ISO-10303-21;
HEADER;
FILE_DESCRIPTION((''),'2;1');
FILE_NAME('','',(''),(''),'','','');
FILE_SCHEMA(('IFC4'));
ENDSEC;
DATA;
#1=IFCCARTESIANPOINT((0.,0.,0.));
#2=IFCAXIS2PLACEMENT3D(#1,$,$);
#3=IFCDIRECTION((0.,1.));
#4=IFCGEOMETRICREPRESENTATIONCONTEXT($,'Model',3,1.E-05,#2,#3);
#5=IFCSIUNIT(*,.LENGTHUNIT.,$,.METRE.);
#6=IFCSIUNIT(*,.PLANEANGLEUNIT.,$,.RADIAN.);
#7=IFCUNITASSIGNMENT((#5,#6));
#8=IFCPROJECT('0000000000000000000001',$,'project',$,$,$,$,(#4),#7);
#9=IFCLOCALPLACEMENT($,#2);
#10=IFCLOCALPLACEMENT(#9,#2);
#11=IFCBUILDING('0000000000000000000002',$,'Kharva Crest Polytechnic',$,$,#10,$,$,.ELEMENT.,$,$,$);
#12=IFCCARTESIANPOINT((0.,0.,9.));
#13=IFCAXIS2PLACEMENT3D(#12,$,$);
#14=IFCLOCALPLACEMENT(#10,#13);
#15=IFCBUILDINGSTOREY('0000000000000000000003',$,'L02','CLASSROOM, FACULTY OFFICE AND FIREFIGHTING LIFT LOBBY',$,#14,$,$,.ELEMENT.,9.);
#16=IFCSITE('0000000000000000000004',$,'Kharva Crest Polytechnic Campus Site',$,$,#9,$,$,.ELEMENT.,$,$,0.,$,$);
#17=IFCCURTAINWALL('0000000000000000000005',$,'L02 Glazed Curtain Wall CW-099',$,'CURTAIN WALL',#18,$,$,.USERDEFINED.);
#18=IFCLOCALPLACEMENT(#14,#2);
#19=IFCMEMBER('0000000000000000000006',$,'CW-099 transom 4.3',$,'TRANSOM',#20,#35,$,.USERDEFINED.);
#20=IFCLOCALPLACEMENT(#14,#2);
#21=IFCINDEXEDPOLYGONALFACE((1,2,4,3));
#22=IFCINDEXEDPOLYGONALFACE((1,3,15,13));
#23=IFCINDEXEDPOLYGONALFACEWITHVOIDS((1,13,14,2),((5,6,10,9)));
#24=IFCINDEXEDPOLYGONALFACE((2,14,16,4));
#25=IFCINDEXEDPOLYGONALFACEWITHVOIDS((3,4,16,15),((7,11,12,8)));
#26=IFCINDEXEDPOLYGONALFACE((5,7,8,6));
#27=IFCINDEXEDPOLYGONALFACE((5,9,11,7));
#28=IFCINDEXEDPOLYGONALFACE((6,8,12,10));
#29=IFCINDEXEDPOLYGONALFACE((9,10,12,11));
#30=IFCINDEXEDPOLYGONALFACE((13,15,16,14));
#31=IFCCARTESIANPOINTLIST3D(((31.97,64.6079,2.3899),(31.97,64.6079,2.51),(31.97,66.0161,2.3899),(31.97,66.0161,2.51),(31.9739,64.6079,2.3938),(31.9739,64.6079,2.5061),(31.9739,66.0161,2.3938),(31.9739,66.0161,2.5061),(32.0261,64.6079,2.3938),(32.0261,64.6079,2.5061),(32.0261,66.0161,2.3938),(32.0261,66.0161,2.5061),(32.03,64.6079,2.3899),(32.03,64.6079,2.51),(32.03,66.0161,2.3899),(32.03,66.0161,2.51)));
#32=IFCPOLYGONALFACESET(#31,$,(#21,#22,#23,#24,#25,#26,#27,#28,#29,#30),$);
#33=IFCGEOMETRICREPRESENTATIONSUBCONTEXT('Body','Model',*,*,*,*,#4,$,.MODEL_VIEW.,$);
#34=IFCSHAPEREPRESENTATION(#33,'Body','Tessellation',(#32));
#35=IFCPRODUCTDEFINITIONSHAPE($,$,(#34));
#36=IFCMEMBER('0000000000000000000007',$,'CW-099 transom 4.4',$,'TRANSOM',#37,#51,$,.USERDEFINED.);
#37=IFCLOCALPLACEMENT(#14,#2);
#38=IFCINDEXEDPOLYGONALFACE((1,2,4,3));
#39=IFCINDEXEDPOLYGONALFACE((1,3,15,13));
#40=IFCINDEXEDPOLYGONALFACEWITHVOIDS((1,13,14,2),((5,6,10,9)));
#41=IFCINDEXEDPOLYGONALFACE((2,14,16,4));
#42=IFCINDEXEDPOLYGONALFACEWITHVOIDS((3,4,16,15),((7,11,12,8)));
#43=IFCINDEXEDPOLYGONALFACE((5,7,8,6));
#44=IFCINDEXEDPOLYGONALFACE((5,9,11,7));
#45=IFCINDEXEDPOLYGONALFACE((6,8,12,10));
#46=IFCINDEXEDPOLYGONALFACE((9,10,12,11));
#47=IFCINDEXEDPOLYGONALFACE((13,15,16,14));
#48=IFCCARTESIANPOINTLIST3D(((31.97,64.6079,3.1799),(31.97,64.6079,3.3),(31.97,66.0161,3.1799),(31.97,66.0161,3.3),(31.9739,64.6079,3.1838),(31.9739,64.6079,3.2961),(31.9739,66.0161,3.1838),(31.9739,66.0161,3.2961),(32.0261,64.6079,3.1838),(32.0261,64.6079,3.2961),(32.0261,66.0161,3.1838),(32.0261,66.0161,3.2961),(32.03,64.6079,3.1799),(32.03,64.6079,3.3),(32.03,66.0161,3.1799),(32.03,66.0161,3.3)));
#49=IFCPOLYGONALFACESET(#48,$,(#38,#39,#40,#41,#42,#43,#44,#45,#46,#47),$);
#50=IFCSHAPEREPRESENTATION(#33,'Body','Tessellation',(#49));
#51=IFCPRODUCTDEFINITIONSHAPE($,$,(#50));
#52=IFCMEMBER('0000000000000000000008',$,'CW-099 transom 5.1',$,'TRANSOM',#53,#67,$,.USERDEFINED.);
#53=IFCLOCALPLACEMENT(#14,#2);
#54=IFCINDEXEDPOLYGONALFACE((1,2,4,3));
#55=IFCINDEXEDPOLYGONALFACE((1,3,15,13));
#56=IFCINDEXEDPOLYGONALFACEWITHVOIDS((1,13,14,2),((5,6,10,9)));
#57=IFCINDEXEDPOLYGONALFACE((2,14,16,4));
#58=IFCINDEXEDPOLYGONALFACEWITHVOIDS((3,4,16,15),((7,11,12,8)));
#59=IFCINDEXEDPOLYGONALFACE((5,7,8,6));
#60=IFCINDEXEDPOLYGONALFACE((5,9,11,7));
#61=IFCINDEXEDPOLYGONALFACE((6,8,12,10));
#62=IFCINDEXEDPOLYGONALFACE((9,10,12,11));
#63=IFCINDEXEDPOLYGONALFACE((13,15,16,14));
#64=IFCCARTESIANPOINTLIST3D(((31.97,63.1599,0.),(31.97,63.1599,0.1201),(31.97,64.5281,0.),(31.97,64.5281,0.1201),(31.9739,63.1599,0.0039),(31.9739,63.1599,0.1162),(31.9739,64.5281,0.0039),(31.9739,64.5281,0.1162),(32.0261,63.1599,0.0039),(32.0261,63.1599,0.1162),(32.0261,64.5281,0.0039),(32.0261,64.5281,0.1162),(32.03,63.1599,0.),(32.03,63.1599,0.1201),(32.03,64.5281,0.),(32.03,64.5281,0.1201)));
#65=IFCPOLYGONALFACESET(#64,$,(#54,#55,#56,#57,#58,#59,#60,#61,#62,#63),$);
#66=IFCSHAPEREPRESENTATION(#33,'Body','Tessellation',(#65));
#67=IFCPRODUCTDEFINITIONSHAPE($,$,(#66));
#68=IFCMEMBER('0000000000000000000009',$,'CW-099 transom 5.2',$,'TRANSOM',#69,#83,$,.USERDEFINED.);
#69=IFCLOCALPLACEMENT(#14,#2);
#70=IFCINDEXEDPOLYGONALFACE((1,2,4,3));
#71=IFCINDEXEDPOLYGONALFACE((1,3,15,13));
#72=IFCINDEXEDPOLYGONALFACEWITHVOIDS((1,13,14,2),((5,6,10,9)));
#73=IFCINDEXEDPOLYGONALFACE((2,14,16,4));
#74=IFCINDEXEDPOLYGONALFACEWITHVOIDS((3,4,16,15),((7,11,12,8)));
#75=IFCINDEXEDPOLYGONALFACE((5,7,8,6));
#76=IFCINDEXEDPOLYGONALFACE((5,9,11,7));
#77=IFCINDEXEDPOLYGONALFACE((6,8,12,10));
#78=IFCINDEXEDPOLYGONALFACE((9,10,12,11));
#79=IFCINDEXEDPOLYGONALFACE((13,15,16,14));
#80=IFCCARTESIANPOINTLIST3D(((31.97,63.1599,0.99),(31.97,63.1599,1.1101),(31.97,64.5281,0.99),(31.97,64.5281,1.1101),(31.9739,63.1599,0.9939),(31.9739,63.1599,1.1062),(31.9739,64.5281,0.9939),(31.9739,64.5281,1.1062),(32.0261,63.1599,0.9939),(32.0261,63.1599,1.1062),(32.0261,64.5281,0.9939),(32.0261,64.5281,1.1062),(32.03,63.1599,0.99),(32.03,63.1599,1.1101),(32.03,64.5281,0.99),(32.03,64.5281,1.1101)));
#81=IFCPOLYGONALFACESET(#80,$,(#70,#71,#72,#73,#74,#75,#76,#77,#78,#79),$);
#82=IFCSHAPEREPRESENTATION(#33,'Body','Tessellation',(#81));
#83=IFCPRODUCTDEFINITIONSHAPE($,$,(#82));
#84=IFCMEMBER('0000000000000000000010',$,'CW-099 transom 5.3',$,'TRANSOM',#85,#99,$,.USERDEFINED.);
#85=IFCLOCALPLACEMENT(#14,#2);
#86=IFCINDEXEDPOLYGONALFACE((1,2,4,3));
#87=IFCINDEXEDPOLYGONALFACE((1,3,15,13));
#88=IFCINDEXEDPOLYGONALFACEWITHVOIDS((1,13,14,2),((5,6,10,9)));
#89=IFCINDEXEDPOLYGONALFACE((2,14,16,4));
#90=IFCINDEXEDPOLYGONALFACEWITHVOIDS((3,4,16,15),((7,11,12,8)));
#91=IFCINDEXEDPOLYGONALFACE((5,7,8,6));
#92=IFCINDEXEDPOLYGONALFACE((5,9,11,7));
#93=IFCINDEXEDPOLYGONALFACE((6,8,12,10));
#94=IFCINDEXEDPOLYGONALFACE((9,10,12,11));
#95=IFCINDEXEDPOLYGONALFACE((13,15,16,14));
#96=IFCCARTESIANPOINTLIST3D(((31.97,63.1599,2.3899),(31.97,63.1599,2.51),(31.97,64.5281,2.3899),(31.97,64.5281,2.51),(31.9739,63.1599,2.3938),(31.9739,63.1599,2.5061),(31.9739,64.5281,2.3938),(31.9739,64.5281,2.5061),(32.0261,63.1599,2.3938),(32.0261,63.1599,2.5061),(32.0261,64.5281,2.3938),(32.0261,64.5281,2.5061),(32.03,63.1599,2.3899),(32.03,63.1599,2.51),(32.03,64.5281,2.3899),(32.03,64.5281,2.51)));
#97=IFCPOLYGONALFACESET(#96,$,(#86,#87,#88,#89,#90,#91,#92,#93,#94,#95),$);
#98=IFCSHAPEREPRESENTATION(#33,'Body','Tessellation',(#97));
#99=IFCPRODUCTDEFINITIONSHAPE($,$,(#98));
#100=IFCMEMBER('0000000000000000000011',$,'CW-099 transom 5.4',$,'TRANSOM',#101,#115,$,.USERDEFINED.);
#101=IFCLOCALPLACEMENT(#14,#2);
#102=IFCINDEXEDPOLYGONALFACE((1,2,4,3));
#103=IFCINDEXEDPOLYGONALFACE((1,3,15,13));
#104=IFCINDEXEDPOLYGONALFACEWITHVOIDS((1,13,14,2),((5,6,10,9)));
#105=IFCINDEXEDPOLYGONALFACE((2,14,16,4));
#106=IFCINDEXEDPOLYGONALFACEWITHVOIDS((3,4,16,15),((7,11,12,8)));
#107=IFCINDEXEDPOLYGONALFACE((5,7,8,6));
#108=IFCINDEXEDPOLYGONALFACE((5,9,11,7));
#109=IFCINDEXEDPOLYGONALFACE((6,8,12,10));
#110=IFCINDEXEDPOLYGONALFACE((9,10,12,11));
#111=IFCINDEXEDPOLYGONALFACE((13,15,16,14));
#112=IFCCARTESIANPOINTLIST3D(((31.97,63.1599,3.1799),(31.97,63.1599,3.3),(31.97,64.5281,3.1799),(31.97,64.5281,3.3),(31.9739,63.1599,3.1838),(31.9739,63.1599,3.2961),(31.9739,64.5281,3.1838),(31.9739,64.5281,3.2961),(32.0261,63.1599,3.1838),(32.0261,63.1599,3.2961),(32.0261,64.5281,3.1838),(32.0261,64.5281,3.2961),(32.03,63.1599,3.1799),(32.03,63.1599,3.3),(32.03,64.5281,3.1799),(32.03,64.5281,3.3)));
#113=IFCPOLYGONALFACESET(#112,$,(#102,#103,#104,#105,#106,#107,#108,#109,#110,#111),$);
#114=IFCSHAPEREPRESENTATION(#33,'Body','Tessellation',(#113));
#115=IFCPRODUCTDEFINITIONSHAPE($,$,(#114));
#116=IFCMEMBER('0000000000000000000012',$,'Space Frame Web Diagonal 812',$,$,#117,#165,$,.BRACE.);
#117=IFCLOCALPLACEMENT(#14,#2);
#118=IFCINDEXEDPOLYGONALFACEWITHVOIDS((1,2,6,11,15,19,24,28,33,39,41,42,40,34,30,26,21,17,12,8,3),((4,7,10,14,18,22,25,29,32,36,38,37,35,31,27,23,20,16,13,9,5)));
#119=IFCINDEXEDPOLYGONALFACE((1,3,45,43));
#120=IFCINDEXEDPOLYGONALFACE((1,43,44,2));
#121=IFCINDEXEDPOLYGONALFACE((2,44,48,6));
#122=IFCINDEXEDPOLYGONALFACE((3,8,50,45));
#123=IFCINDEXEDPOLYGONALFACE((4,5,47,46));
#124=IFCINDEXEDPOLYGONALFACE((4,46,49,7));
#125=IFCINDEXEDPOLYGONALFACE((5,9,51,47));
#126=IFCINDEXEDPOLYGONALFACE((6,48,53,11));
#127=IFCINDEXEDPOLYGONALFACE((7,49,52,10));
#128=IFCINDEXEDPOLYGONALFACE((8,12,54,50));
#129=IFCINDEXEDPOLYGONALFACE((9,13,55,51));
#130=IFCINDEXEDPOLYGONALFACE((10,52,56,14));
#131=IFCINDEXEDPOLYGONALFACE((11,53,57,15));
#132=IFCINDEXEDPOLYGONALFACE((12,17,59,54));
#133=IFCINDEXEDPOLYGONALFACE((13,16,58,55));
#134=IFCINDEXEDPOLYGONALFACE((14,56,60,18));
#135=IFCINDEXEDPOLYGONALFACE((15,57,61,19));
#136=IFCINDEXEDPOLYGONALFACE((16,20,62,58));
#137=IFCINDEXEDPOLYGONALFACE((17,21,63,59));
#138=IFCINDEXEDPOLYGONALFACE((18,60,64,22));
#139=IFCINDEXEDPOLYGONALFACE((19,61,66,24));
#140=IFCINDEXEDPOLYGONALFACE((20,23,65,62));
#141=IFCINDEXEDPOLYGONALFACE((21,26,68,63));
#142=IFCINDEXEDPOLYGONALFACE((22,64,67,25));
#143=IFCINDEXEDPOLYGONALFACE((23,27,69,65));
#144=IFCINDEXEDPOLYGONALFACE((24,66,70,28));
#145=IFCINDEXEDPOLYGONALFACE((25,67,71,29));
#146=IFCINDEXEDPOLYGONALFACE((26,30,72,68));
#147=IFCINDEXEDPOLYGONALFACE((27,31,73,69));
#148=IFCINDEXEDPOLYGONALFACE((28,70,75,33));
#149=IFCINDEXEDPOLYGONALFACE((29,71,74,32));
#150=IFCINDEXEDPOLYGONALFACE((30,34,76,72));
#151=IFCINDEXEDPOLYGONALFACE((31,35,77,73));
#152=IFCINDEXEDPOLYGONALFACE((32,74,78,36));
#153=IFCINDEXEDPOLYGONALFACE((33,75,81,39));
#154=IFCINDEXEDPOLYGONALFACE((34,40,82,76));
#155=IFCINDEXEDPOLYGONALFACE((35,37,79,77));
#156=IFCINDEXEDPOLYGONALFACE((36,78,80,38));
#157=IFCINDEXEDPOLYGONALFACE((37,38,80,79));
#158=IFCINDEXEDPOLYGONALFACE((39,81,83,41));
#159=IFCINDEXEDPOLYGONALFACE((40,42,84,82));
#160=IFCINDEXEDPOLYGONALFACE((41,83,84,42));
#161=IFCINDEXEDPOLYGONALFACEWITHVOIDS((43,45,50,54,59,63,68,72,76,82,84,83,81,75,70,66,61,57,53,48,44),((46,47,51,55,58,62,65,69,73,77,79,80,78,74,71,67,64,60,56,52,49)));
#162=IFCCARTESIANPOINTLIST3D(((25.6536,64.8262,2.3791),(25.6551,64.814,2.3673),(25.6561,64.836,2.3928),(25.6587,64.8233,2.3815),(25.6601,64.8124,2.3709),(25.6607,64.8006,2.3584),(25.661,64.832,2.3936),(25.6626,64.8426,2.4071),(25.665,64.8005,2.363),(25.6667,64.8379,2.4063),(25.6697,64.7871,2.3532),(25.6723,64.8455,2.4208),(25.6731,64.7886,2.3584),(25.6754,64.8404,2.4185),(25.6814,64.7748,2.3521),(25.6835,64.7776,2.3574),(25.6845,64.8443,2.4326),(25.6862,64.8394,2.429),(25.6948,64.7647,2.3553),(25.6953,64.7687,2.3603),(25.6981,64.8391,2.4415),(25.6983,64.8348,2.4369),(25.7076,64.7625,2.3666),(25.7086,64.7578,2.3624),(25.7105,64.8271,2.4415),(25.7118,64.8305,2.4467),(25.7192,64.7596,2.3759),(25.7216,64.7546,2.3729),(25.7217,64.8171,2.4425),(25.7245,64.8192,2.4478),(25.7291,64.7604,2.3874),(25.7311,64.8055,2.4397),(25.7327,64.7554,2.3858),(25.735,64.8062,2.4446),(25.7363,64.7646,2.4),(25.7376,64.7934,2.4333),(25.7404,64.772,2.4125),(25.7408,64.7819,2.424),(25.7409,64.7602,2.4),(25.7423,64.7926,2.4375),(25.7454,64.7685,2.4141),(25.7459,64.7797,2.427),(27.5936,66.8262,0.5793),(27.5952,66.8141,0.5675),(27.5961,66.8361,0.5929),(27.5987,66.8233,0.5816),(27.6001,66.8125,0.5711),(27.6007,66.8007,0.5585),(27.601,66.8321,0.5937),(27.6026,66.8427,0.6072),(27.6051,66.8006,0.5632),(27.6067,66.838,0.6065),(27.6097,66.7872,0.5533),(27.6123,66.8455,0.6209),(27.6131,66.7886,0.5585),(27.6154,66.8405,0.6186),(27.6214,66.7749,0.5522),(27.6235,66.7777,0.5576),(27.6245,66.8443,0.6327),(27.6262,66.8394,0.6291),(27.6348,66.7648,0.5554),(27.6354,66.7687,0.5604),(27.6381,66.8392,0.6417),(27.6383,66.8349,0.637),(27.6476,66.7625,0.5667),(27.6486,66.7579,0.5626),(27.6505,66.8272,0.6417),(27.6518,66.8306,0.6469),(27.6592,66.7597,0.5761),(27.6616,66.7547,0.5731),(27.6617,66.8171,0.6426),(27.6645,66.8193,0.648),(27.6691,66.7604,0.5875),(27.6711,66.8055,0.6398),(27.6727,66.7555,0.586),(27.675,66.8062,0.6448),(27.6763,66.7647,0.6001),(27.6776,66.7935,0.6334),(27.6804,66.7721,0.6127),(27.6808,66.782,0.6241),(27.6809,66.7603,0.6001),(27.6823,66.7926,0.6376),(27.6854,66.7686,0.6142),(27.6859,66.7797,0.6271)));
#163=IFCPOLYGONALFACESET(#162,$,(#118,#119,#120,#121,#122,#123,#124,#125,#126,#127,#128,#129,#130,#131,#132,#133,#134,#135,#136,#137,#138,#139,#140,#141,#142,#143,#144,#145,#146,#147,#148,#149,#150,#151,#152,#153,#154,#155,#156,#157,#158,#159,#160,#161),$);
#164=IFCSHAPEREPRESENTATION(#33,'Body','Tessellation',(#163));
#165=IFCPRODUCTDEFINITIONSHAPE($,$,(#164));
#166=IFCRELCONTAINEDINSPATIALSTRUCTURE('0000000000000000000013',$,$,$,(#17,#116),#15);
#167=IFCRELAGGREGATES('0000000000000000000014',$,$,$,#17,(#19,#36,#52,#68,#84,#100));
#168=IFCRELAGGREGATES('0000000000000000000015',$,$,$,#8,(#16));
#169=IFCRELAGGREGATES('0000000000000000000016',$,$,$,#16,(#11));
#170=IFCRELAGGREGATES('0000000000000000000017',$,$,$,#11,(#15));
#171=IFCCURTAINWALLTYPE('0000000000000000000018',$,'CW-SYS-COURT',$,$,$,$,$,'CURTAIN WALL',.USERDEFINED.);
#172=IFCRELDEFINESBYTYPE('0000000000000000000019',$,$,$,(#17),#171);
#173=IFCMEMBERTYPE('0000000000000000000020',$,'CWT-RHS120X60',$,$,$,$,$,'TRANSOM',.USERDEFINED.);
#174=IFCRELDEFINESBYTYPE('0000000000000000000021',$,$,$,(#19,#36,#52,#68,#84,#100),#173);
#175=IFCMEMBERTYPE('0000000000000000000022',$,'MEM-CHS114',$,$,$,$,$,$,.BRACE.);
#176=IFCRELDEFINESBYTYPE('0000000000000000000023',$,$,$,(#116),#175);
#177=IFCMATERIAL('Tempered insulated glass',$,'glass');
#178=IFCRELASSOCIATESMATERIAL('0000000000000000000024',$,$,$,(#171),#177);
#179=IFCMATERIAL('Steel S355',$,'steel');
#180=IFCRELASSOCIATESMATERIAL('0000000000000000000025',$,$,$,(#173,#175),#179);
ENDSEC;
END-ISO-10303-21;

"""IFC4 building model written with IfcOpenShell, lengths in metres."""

from ifc_helpers import new_model, si_unit, direction, frame, origin, origin_2d, place, context, subcontext, project, spatial, hollow_rectangle, hollow_circle, extrude, material, material_profile, profile_set, type_object, element, aggregate, save


model = new_model("IFC4")

# Units and contexts
model_context = context("Model", 3, precision=1e-05, world=origin(), true_north=direction((0.0, 1.0)))
body_context = subcontext(model_context, "Body", "Model", "MODEL_VIEW")
ifc_project = project(units=[si_unit("LENGTHUNIT", "METRE"), si_unit("PLANEANGLEUNIT", "RADIAN")], contexts=[model_context])

# Site, building, storey
site_placement = place(None, origin())
site = spatial("IfcSite", under=ifc_project, at=site_placement, Name="Kharva Crest Polytechnic Campus Site", CompositionType="ELEMENT", RefElevation=0.0)
building_placement = place(site_placement, origin())
building = spatial("IfcBuilding", under=site, at=building_placement, Name="Kharva Crest Polytechnic", CompositionType="ELEMENT")
storey_placement = place(building_placement, frame((0.0, 0.0, 9.0)))
storey = spatial("IfcBuildingStorey", under=building, at=storey_placement, Name="L02", Description="CLASSROOM, FACULTY OFFICE AND FIREFIGHTING LIFT LOBBY", CompositionType="ELEMENT", Elevation=9.0)

# Shared definitions
ifc_material_1 = material(Name="Steel S355", Category="steel")

# Curtain wall, members
ifc_material_2 = material(Name="Tempered insulated glass", Category="glass")
curtain_wall_type = type_object("IfcCurtainWallType", Name="CW-SYS-COURT", ElementType="CURTAIN WALL", PredefinedType="USERDEFINED", material=ifc_material_2)
curtain_wall_placement = place(storey_placement, origin())
curtain_wall = element("IfcCurtainWall", 1, at=curtain_wall_placement, inside=storey, type_object=curtain_wall_type, Name="L02 Glazed Curtain Wall CW-099", ObjectType="CURTAIN WALL", PredefinedType="USERDEFINED")
ifc_material_profile_1 = material_profile(ifc_material_1, hollow_rectangle(XDim=0.0601, YDim=0.1201, WallThickness=0.0039, at=origin_2d()), Name="RHS 120X60X4.0")
ifc_profile_set_1 = profile_set([ifc_material_profile_1], Name="Steel S355")
member_type_1 = type_object("IfcMemberType", Name="CWT-RHS120X60", ElementType="TRANSOM", PredefinedType="USERDEFINED", material=ifc_profile_set_1)
member_1_placement = place(storey_placement, frame((32.0, 66.0161, 2.45), z_axis=(0.0, -1.0, 0.0), x_axis=(1.0, 0.0, 0.0)))
member_1 = element("IfcMember", 2, at=member_1_placement, type_object=member_type_1, Name="CW-099 transom 4.3", ObjectType="TRANSOM", PredefinedType="USERDEFINED", context=body_context, shape_type="SweptSolid", body=[
    extrude(hollow_rectangle(XDim=0.0601, YDim=0.1201, WallThickness=0.0039, at=origin_2d()), origin(), (0.0, 0.0, 1.0), 1.4082),
])
member_2_placement = place(storey_placement, frame((32.0, 66.0161, 3.24), z_axis=(0.0, -1.0, 0.0), x_axis=(1.0, 0.0, 0.0)))
member_2 = element("IfcMember", 3, at=member_2_placement, type_object=member_type_1, Name="CW-099 transom 4.4", ObjectType="TRANSOM", PredefinedType="USERDEFINED", context=body_context, shape_type="SweptSolid", body=[
    extrude(hollow_rectangle(XDim=0.0601, YDim=0.1201, WallThickness=0.0039, at=origin_2d()), origin(), (0.0, 0.0, 1.0), 1.4082),
])
member_3_placement = place(storey_placement, frame((32.0, 64.5281, 0.0601), z_axis=(0.0, -1.0, 0.0), x_axis=(1.0, 0.0, 0.0)))
member_3 = element("IfcMember", 4, at=member_3_placement, type_object=member_type_1, Name="CW-099 transom 5.1", ObjectType="TRANSOM", PredefinedType="USERDEFINED", context=body_context, shape_type="SweptSolid", body=[
    extrude(hollow_rectangle(XDim=0.0601, YDim=0.1201, WallThickness=0.0039, at=origin_2d()), origin(), (0.0, 0.0, 1.0), 1.3682),
])
member_4_placement = place(storey_placement, frame((32.0, 64.5281, 1.05), z_axis=(0.0, -1.0, 0.0), x_axis=(1.0, 0.0, 0.0)))
member_4 = element("IfcMember", 5, at=member_4_placement, type_object=member_type_1, Name="CW-099 transom 5.2", ObjectType="TRANSOM", PredefinedType="USERDEFINED", context=body_context, shape_type="SweptSolid", body=[
    extrude(hollow_rectangle(XDim=0.0601, YDim=0.1201, WallThickness=0.0039, at=origin_2d()), origin(), (0.0, 0.0, 1.0), 1.3682),
])
member_5_placement = place(storey_placement, frame((32.0, 64.5281, 2.45), z_axis=(0.0, -1.0, 0.0), x_axis=(1.0, 0.0, 0.0)))
member_5 = element("IfcMember", 6, at=member_5_placement, type_object=member_type_1, Name="CW-099 transom 5.3", ObjectType="TRANSOM", PredefinedType="USERDEFINED", context=body_context, shape_type="SweptSolid", body=[
    extrude(hollow_rectangle(XDim=0.0601, YDim=0.1201, WallThickness=0.0039, at=origin_2d()), origin(), (0.0, 0.0, 1.0), 1.3682),
])
member_6_placement = place(storey_placement, frame((32.0, 64.5281, 3.24), z_axis=(0.0, -1.0, 0.0), x_axis=(1.0, 0.0, 0.0)))
member_6 = element("IfcMember", 7, at=member_6_placement, type_object=member_type_1, Name="CW-099 transom 5.4", ObjectType="TRANSOM", PredefinedType="USERDEFINED", context=body_context, shape_type="SweptSolid", body=[
    extrude(hollow_rectangle(XDim=0.0601, YDim=0.1201, WallThickness=0.0039, at=origin_2d()), origin(), (0.0, 0.0, 1.0), 1.3682),
])

# Member
ifc_material_profile_2 = material_profile(ifc_material_1, hollow_circle(Radius=0.0571, WallThickness=0.0063, at=origin_2d()), Name="CHS 114.3X6.3")
ifc_profile_set_2 = profile_set([ifc_material_profile_2], Name="Steel S355")
member_type_2 = type_object("IfcMemberType", Name="MEM-CHS114", PredefinedType="BRACE", material=ifc_profile_set_2)
for number, where, z_axis, x_axis, name in (
    (8, (27.6399, 66.8, 0.6001), (-0.584843, -0.60295, 0.542596), (0.717802, -0.696247, 0.0), "Space Frame Web Diagonal 812"),
):
    element("IfcMember", number, at=place(storey_placement, frame(where, z_axis=z_axis, x_axis=x_axis)), inside=storey, type_object=member_type_2, Name=name, PredefinedType="BRACE", context=body_context, shape_type="SweptSolid", body=[
        extrude(hollow_circle(Radius=0.0571, WallThickness=0.0063, at=origin_2d()), origin(), (0.0, 0.0, 1.0), 3.3171),
    ])

aggregate(curtain_wall, [member_1, member_2, member_3, member_4, member_5, member_6])

save(model, "model.ifc")
